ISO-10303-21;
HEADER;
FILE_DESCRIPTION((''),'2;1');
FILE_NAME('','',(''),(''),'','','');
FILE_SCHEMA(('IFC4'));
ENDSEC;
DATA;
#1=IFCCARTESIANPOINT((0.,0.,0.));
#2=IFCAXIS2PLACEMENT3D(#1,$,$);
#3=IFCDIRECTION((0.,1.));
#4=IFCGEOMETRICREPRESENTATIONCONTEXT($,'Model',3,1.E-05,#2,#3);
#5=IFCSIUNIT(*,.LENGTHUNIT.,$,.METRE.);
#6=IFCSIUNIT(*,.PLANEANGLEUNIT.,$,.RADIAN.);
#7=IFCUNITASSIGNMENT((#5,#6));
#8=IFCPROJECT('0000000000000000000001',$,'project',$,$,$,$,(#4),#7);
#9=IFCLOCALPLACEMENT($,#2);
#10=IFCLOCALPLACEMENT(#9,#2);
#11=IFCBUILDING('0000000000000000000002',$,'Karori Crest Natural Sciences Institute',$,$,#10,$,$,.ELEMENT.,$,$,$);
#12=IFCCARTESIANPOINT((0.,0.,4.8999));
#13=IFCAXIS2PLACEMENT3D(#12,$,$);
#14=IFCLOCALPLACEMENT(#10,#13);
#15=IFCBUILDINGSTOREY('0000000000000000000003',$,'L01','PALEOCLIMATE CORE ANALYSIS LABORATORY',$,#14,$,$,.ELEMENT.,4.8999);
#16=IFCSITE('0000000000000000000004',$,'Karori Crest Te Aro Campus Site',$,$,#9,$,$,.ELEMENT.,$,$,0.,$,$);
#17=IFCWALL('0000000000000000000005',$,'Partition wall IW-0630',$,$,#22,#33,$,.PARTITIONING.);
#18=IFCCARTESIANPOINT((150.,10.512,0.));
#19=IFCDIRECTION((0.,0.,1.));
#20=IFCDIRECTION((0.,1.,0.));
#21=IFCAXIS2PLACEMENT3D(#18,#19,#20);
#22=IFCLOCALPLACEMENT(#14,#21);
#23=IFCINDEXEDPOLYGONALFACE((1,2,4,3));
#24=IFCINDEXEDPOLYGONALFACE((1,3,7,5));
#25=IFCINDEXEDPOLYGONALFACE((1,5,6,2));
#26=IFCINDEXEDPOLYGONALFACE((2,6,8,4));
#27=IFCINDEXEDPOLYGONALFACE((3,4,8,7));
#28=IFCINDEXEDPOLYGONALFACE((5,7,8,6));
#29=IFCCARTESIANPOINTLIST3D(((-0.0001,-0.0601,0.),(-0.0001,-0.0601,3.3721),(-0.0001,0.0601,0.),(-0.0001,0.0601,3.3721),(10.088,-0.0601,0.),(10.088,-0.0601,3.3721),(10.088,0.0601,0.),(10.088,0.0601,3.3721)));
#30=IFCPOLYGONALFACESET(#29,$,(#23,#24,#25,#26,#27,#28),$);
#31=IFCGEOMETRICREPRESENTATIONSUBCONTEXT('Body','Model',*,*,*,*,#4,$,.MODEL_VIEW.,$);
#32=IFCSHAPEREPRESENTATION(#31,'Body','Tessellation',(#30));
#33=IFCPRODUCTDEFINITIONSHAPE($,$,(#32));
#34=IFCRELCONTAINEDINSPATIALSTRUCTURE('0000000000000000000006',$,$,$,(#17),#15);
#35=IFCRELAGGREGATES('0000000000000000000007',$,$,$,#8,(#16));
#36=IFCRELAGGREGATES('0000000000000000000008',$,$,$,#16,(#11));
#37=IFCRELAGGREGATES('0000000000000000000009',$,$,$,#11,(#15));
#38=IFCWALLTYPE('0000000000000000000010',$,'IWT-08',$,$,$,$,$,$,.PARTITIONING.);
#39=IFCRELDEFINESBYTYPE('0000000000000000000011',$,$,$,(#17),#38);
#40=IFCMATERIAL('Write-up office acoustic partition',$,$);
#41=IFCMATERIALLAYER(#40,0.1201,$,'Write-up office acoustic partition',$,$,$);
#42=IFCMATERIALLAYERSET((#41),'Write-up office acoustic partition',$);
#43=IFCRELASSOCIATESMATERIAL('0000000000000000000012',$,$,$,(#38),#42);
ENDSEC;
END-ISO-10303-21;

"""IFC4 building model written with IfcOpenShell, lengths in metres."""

from ifc_helpers import new_model, si_unit, direction, frame, frame_2d, origin, place, context, subcontext, project, spatial, rectangle, extrude, material, layer, layer_set, type_object, element, save


model = new_model("IFC4")

# Units and contexts
model_context = context("Model", 3, precision=1e-05, world=origin(), true_north=direction((0.0, 1.0)))
body_context = subcontext(model_context, "Body", "Model", "MODEL_VIEW")
ifc_project = project(units=[si_unit("LENGTHUNIT", "METRE"), si_unit("PLANEANGLEUNIT", "RADIAN")], contexts=[model_context])

# Site, building, storey
site_placement = place(None, origin())
site = spatial("IfcSite", under=ifc_project, at=site_placement, Name="Karori Crest Te Aro Campus Site", CompositionType="ELEMENT", RefElevation=0.0)
building_placement = place(site_placement, origin())
building = spatial("IfcBuilding", under=site, at=building_placement, Name="Karori Crest Natural Sciences Institute", CompositionType="ELEMENT")
storey_placement = place(building_placement, frame((0.0, 0.0, 4.8999)))
storey = spatial("IfcBuildingStorey", under=building, at=storey_placement, Name="L01", Description="PALEOCLIMATE CORE ANALYSIS LABORATORY", CompositionType="ELEMENT", Elevation=4.8999)

# Shared definitions
ifc_material_1 = material(Name="Write-up office acoustic partition")
ifc_layer = layer(ifc_material_1, 0.1201, Name="Write-up office acoustic partition")
ifc_layer_set = layer_set([ifc_layer], Name="Write-up office acoustic partition")
wall_type = type_object("IfcWallType", Name="IWT-08", PredefinedType="PARTITIONING", material=ifc_layer_set)

# Wall
wall_1_placement = place(storey_placement, frame((150.0, 10.512, 0.0), z_axis=(0.0, 0.0, 1.0), x_axis=(0.0, 1.0, 0.0)))
element("IfcWall", 1, at=wall_1_placement, inside=storey, type_object=wall_type, Name="Partition wall IW-0630", PredefinedType="PARTITIONING", context=body_context, shape_type="SweptSolid", body=[
    extrude(rectangle(XDim=10.0881, YDim=0.1201, at=frame_2d((5.0439, 0.0))), origin(), (0.0, 0.0, 1.0), 3.3721),
])

save(model, "model.ifc")
